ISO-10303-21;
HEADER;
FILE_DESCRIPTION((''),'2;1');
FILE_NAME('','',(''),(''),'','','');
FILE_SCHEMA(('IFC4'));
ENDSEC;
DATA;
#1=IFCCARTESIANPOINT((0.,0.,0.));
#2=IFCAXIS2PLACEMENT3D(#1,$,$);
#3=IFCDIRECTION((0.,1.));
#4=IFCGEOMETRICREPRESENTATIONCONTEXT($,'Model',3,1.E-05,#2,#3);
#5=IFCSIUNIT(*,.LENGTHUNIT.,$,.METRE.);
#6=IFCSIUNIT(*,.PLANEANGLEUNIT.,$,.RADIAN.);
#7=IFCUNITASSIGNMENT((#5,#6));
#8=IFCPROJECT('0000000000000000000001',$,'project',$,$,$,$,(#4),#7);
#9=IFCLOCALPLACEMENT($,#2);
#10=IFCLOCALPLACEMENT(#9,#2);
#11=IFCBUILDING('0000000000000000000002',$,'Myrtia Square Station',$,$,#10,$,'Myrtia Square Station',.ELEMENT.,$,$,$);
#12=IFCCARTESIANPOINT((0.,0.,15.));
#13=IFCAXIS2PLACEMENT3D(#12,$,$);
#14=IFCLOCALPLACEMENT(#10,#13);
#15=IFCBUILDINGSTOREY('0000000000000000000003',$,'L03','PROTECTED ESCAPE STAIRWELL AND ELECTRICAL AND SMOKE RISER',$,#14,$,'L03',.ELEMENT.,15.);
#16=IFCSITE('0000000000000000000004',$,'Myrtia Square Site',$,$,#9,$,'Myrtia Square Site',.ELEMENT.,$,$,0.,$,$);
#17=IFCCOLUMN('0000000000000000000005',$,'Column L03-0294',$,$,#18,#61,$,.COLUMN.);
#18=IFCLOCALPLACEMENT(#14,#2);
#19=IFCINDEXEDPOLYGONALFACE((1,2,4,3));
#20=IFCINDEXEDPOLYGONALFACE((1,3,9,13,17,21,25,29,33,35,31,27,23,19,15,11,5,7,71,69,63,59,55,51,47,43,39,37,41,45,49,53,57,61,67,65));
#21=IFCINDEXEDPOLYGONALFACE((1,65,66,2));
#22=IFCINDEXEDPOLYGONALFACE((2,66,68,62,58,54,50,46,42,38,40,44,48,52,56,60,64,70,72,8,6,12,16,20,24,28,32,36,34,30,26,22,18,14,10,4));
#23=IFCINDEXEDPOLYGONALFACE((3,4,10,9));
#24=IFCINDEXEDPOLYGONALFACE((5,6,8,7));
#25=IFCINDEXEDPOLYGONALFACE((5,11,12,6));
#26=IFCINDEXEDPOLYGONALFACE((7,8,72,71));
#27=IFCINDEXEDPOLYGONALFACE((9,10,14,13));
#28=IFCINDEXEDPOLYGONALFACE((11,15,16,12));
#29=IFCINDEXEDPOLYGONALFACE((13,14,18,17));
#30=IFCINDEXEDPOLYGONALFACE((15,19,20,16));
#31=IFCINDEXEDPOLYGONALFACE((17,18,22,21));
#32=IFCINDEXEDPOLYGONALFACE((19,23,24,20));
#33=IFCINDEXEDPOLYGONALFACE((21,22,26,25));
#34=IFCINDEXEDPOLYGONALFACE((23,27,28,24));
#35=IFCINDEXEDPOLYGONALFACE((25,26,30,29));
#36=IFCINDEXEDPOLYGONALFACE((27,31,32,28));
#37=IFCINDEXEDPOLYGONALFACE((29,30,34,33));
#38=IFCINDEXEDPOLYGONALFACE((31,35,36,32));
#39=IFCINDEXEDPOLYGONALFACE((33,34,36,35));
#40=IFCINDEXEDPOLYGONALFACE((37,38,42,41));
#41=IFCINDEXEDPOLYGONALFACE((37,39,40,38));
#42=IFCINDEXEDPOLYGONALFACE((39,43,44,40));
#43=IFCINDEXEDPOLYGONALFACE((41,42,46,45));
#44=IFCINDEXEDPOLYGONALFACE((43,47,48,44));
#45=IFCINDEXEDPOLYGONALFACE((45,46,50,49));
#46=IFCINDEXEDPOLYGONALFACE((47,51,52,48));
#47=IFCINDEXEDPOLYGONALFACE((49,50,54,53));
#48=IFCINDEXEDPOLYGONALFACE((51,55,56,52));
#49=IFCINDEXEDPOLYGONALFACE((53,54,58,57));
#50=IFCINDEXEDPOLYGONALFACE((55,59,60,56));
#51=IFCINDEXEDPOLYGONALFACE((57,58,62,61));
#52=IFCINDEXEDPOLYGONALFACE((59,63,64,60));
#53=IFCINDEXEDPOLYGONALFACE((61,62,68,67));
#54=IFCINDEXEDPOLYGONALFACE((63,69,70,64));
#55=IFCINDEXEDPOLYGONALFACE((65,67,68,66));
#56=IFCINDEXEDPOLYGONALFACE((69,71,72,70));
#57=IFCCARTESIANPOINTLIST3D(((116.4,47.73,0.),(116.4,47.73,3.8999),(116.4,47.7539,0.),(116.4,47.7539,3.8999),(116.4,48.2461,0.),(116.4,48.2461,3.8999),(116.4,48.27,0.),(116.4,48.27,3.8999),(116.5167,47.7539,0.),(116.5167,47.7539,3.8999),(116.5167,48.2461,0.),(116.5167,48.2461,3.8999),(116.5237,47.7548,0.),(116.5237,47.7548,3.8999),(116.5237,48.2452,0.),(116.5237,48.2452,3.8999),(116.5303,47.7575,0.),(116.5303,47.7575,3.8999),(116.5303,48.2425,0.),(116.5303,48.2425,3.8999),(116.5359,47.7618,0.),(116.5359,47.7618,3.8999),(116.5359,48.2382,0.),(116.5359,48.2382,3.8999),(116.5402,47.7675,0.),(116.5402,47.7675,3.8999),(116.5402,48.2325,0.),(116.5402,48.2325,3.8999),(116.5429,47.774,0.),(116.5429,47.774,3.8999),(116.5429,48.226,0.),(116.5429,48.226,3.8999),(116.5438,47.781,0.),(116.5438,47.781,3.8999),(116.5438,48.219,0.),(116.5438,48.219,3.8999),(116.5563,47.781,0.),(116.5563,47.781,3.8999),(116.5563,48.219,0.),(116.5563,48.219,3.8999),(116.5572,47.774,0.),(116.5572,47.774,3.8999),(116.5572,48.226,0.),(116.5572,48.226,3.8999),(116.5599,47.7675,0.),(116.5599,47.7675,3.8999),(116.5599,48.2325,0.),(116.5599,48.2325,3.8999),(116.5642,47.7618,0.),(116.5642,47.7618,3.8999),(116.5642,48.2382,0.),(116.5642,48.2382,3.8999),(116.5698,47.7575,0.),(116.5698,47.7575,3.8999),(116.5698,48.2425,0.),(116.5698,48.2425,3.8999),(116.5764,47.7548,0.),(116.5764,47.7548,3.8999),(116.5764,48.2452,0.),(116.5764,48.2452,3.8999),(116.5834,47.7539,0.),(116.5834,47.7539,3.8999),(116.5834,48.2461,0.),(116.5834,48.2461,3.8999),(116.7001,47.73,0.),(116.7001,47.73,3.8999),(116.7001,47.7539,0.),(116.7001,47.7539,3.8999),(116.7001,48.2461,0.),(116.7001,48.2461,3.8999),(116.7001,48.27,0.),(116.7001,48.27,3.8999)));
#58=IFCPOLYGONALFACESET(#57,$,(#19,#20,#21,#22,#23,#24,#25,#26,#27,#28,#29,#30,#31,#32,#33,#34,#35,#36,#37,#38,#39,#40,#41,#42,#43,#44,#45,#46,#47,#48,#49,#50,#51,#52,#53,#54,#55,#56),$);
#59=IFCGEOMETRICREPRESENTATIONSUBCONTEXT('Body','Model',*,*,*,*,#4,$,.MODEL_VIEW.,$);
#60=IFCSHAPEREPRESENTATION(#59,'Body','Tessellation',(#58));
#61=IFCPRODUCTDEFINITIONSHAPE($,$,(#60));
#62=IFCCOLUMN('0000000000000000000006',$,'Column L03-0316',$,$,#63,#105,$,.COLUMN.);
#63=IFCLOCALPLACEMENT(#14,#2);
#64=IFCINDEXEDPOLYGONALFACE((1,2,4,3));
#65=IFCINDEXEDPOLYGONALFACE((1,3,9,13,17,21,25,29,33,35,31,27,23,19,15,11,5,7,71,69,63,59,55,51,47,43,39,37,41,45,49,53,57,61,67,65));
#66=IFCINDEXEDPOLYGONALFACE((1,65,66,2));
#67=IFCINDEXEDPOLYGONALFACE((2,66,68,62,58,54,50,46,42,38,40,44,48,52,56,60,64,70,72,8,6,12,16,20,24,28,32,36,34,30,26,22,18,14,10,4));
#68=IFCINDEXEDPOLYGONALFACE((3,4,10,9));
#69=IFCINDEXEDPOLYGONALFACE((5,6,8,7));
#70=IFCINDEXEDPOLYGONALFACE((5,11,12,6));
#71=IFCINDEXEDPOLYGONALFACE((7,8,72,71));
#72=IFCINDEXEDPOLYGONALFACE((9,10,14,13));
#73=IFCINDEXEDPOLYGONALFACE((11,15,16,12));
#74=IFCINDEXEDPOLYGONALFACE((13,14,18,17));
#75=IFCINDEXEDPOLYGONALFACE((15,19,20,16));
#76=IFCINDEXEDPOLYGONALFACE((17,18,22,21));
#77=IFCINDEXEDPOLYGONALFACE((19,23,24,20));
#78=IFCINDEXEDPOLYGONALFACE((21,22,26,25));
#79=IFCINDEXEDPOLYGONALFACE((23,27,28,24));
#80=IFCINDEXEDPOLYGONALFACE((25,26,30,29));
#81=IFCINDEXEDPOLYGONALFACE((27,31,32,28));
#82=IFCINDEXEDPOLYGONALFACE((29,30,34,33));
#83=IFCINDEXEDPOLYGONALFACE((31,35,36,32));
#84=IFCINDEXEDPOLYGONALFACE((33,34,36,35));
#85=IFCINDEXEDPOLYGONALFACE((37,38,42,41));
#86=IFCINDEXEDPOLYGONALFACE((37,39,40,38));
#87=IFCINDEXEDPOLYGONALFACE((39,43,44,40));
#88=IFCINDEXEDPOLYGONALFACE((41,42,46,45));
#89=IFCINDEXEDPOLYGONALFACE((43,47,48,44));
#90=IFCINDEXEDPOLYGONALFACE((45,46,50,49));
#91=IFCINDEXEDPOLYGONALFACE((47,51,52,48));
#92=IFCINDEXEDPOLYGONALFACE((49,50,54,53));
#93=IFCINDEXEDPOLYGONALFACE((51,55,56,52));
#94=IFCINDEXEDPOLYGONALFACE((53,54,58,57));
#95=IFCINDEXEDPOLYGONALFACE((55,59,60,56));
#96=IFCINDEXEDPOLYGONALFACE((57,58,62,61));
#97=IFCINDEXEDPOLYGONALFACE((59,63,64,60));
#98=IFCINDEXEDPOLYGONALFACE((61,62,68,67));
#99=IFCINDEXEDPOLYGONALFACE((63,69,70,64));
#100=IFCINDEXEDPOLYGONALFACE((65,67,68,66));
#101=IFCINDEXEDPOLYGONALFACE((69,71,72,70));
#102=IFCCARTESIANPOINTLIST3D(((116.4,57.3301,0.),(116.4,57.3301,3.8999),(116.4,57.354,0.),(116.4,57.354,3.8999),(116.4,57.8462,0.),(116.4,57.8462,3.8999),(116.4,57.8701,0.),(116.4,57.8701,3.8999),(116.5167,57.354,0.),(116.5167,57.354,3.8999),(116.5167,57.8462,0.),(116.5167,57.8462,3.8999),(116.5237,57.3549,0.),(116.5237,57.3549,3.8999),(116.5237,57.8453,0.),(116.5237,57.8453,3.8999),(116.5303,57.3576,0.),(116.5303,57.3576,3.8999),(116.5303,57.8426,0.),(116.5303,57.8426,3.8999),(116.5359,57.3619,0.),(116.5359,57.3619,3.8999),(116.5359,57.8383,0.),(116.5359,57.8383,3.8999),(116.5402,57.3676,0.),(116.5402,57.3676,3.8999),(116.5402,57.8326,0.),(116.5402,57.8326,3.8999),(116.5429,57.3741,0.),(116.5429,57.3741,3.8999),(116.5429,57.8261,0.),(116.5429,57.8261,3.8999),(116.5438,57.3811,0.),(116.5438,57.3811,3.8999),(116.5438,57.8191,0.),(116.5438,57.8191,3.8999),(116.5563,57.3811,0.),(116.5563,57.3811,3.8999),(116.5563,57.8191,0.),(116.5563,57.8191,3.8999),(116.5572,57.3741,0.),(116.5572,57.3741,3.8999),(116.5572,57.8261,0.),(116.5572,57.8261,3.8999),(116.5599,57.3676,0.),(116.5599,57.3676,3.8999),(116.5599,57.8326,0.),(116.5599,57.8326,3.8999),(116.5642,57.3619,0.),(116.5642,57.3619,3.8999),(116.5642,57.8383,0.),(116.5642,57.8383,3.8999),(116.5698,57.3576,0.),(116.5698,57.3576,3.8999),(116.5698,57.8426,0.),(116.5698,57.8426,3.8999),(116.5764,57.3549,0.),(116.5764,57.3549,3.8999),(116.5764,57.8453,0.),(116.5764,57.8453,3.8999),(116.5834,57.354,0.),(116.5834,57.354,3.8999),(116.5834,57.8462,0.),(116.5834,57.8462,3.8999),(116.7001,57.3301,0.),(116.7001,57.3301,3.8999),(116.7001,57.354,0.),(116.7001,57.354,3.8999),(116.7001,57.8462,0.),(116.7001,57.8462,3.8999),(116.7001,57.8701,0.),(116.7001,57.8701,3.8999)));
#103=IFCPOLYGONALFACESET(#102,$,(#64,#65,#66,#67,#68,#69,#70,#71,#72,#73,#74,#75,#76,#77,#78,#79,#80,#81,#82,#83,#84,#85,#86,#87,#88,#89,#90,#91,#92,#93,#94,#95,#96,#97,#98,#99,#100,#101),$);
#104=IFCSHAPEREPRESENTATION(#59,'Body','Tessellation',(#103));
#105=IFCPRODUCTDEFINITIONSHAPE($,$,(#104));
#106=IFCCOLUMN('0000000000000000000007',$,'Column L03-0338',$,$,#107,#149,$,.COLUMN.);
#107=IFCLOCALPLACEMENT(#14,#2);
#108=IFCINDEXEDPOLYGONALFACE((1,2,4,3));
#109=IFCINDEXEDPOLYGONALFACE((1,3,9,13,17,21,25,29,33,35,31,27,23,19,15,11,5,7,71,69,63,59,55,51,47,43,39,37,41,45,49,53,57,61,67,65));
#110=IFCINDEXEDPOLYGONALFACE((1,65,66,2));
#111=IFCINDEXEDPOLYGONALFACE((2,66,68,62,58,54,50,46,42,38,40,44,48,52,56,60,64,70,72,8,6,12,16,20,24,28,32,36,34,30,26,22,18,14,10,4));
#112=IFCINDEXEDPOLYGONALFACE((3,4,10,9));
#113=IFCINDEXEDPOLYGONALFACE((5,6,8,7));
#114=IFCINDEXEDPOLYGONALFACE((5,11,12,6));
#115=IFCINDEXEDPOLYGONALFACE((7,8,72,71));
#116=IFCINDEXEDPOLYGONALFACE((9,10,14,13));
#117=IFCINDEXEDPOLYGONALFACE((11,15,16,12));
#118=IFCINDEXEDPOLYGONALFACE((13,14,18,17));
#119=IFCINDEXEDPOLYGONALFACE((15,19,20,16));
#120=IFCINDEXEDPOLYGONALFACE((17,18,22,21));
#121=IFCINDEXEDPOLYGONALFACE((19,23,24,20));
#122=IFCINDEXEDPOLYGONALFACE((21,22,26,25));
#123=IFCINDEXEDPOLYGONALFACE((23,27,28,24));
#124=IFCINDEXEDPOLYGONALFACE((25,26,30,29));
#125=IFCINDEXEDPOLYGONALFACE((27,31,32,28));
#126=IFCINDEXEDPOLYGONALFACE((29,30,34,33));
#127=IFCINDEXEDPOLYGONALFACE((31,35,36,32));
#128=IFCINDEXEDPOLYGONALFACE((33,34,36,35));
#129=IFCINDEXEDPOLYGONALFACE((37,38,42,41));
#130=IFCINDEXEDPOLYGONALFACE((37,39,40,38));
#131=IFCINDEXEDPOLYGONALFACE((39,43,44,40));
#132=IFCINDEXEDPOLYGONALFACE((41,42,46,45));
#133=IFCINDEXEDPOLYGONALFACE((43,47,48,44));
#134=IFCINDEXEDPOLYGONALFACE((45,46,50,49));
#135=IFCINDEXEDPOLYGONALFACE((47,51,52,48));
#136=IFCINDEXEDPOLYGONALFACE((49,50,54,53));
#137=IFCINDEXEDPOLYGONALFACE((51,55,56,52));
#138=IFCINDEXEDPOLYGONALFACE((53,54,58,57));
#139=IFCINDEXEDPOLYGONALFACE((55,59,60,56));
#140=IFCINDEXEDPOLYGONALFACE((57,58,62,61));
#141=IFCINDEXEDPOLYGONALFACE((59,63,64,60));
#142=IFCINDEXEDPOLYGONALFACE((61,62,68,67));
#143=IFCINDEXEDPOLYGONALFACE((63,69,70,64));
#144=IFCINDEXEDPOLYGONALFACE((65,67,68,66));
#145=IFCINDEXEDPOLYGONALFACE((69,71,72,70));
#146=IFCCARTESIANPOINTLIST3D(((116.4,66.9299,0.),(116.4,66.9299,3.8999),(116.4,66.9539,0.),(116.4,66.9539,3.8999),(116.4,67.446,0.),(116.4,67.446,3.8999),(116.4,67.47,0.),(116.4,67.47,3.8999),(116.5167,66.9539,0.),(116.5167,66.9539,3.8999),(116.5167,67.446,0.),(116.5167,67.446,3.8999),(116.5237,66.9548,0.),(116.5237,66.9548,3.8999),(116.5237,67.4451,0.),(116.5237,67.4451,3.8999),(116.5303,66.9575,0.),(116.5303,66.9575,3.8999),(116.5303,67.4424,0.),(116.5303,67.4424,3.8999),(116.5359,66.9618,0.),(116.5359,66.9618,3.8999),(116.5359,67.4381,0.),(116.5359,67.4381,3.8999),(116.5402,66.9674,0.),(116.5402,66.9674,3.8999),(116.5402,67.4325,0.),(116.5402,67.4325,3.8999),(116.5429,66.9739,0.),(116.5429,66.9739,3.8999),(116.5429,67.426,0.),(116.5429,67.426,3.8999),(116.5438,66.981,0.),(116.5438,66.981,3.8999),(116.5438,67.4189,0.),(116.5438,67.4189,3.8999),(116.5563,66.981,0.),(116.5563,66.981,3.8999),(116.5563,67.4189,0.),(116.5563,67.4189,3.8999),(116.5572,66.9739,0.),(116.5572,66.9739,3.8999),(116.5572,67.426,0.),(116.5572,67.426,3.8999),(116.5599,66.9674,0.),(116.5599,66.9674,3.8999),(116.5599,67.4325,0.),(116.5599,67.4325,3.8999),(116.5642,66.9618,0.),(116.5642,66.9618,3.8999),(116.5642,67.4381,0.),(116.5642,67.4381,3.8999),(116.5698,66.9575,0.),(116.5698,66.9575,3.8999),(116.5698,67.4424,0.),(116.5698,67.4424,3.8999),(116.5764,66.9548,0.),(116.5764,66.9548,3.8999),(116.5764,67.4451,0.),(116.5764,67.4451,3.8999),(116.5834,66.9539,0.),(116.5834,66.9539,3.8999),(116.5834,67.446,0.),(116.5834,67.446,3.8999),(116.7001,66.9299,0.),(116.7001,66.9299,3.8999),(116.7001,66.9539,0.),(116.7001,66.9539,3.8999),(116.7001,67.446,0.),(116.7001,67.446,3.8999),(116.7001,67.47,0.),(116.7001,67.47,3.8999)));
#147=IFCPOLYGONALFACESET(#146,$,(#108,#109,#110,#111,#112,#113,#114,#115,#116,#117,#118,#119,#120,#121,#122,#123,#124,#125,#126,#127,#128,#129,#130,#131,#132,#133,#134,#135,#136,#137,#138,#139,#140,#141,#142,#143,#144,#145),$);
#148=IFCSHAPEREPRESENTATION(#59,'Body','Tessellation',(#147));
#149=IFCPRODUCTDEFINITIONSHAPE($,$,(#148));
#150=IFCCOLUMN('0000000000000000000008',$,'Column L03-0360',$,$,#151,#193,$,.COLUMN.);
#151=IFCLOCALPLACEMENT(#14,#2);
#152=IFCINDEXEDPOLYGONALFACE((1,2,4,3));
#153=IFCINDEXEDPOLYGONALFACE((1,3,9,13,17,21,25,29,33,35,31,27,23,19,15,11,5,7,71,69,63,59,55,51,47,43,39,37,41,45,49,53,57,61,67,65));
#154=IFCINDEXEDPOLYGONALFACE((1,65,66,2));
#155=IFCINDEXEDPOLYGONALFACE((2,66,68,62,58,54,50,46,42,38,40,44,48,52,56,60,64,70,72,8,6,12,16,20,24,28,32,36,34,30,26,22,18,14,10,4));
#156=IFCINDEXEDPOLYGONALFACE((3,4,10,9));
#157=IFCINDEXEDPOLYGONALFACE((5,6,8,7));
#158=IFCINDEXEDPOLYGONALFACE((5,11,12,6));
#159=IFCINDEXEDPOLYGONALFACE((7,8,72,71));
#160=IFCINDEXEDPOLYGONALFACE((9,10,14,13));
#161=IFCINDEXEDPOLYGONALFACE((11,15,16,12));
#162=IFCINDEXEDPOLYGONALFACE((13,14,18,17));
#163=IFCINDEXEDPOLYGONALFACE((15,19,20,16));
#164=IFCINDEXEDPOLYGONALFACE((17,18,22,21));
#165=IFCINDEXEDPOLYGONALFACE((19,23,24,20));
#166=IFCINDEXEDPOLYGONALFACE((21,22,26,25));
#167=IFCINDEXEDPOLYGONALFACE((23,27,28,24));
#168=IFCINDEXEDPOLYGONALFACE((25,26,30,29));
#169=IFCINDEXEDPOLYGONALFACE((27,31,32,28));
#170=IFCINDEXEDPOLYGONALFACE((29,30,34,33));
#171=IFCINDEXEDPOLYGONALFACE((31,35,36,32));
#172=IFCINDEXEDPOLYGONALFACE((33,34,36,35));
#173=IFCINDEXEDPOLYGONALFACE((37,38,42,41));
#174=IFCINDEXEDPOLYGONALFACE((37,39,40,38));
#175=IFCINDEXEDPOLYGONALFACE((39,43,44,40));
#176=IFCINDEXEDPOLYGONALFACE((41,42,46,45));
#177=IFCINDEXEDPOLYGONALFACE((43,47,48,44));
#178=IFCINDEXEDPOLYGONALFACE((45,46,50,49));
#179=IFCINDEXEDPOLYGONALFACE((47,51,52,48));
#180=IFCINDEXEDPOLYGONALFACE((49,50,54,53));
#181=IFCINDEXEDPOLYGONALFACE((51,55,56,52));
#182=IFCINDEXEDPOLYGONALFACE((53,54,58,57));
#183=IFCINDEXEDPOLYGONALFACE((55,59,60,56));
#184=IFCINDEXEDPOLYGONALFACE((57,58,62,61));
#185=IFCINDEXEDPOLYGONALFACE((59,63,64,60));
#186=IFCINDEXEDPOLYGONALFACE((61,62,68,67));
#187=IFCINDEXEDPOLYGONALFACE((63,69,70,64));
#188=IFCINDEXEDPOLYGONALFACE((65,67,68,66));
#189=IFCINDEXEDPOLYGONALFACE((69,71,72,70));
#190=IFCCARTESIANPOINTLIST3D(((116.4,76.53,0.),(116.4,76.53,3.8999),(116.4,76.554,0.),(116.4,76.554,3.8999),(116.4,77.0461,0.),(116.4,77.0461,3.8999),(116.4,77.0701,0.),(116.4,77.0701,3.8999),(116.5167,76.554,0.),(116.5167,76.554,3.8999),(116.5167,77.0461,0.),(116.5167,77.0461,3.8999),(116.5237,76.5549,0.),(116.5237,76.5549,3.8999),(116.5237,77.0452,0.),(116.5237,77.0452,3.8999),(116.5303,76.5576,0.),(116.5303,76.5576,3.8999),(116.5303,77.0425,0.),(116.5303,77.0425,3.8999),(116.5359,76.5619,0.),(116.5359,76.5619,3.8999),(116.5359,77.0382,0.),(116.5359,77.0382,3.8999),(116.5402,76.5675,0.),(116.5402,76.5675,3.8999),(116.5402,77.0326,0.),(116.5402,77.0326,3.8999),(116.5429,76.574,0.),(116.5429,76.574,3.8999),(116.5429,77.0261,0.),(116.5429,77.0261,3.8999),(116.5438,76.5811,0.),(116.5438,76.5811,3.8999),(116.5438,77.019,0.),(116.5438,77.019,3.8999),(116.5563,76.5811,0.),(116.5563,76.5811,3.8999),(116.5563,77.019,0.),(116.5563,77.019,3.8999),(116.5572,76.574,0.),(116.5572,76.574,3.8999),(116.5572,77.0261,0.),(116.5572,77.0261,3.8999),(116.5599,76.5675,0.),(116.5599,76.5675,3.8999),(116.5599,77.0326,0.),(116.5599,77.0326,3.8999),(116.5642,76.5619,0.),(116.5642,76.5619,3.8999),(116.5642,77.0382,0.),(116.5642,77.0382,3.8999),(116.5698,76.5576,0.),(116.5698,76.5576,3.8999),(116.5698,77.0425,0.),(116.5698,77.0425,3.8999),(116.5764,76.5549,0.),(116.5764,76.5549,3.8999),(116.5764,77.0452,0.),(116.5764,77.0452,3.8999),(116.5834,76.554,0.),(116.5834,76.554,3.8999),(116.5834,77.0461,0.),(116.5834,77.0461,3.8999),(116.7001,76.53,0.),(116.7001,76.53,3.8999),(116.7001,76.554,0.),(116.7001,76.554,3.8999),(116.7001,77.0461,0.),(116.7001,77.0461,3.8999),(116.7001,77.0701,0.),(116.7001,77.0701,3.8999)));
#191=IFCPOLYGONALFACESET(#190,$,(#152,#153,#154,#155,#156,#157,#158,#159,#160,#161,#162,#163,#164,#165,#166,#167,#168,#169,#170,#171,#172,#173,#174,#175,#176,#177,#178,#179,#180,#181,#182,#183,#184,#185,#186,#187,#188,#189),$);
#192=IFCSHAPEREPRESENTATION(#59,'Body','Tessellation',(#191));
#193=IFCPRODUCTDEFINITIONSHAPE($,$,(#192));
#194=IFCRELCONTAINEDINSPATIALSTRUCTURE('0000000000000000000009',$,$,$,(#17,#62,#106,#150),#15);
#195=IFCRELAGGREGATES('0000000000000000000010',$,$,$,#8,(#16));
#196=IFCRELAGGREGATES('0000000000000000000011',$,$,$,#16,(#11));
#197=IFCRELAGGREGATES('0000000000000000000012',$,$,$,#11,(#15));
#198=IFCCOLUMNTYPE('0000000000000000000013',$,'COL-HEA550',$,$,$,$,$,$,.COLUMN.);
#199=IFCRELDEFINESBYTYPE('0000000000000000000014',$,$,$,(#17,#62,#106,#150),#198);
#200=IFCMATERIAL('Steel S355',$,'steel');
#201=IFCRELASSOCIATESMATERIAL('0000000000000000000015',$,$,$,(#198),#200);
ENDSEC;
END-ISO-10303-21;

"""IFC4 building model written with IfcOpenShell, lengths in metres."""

from ifc_helpers import new_model, si_unit, direction, frame, origin, origin_2d, place, context, subcontext, project, spatial, i_section, extrude, material, material_profile, profile_set, type_object, element, save


model = new_model("IFC4")

# Units and contexts
model_context = context("Model", 3, precision=1e-05, world=origin(), true_north=direction((0.0, 1.0)))
body_context = subcontext(model_context, "Body", "Model", "MODEL_VIEW")
ifc_project = project(units=[si_unit("LENGTHUNIT", "METRE"), si_unit("PLANEANGLEUNIT", "RADIAN")], contexts=[model_context])

# Site, building, storey
site_placement = place(None, origin())
site = spatial("IfcSite", under=ifc_project, at=site_placement, Name="Myrtia Square Site", LongName="Myrtia Square Site", CompositionType="ELEMENT", RefElevation=0.0)
building_placement = place(site_placement, origin())
building = spatial("IfcBuilding", under=site, at=building_placement, Name="Myrtia Square Station", LongName="Myrtia Square Station", CompositionType="ELEMENT")
storey_placement = place(building_placement, frame((0.0, 0.0, 15.0)))
storey = spatial("IfcBuildingStorey", under=building, at=storey_placement, Name="L03", Description="PROTECTED ESCAPE STAIRWELL AND ELECTRICAL AND SMOKE RISER", LongName="L03", CompositionType="ELEMENT", Elevation=15.0)

# Columns
ifc_material_1 = material(Name="Steel S355", Category="steel")
ifc_material_profile_1 = material_profile(ifc_material_1, i_section(OverallWidth=0.3, OverallDepth=0.54, WebThickness=0.0125, FlangeThickness=0.0239, FilletRadius=0.0271, at=origin_2d()), Name="HEA 550")
ifc_profile_set_1 = profile_set([ifc_material_profile_1], Name="Steel S355")
column_type_1 = type_object("IfcColumnType", Name="COL-HEA550", PredefinedType="COLUMN", material=ifc_profile_set_1)
for number, where, z_axis, x_axis, name in (
    (1, (116.55, 48.0, 0.0), (0.0, 0.0, 1.0), (1.0, 0.0, 0.0), "Column L03-0294"),
    (2, (116.55, 57.6001, 0.0), (0.0, 0.0, 1.0), (1.0, 0.0, 0.0), "Column L03-0316"),
    (3, (116.55, 67.2, 0.0), (0.0, 0.0, 1.0), (1.0, 0.0, 0.0), "Column L03-0338"),
    (4, (116.55, 76.8, 0.0), (0.0, 0.0, 1.0), (1.0, 0.0, 0.0), "Column L03-0360"),
):
    element("IfcColumn", number, at=place(storey_placement, frame(where, z_axis=z_axis, x_axis=x_axis)), inside=storey, type_object=column_type_1, Name=name, PredefinedType="COLUMN", context=body_context, shape_type="SweptSolid", body=[
        extrude(i_section(OverallWidth=0.3, OverallDepth=0.54, WebThickness=0.0125, FlangeThickness=0.0239, FilletRadius=0.0271, at=origin_2d()), origin(), (0.0, 0.0, 1.0), 3.8999),
    ])

save(model, "model.ifc")
